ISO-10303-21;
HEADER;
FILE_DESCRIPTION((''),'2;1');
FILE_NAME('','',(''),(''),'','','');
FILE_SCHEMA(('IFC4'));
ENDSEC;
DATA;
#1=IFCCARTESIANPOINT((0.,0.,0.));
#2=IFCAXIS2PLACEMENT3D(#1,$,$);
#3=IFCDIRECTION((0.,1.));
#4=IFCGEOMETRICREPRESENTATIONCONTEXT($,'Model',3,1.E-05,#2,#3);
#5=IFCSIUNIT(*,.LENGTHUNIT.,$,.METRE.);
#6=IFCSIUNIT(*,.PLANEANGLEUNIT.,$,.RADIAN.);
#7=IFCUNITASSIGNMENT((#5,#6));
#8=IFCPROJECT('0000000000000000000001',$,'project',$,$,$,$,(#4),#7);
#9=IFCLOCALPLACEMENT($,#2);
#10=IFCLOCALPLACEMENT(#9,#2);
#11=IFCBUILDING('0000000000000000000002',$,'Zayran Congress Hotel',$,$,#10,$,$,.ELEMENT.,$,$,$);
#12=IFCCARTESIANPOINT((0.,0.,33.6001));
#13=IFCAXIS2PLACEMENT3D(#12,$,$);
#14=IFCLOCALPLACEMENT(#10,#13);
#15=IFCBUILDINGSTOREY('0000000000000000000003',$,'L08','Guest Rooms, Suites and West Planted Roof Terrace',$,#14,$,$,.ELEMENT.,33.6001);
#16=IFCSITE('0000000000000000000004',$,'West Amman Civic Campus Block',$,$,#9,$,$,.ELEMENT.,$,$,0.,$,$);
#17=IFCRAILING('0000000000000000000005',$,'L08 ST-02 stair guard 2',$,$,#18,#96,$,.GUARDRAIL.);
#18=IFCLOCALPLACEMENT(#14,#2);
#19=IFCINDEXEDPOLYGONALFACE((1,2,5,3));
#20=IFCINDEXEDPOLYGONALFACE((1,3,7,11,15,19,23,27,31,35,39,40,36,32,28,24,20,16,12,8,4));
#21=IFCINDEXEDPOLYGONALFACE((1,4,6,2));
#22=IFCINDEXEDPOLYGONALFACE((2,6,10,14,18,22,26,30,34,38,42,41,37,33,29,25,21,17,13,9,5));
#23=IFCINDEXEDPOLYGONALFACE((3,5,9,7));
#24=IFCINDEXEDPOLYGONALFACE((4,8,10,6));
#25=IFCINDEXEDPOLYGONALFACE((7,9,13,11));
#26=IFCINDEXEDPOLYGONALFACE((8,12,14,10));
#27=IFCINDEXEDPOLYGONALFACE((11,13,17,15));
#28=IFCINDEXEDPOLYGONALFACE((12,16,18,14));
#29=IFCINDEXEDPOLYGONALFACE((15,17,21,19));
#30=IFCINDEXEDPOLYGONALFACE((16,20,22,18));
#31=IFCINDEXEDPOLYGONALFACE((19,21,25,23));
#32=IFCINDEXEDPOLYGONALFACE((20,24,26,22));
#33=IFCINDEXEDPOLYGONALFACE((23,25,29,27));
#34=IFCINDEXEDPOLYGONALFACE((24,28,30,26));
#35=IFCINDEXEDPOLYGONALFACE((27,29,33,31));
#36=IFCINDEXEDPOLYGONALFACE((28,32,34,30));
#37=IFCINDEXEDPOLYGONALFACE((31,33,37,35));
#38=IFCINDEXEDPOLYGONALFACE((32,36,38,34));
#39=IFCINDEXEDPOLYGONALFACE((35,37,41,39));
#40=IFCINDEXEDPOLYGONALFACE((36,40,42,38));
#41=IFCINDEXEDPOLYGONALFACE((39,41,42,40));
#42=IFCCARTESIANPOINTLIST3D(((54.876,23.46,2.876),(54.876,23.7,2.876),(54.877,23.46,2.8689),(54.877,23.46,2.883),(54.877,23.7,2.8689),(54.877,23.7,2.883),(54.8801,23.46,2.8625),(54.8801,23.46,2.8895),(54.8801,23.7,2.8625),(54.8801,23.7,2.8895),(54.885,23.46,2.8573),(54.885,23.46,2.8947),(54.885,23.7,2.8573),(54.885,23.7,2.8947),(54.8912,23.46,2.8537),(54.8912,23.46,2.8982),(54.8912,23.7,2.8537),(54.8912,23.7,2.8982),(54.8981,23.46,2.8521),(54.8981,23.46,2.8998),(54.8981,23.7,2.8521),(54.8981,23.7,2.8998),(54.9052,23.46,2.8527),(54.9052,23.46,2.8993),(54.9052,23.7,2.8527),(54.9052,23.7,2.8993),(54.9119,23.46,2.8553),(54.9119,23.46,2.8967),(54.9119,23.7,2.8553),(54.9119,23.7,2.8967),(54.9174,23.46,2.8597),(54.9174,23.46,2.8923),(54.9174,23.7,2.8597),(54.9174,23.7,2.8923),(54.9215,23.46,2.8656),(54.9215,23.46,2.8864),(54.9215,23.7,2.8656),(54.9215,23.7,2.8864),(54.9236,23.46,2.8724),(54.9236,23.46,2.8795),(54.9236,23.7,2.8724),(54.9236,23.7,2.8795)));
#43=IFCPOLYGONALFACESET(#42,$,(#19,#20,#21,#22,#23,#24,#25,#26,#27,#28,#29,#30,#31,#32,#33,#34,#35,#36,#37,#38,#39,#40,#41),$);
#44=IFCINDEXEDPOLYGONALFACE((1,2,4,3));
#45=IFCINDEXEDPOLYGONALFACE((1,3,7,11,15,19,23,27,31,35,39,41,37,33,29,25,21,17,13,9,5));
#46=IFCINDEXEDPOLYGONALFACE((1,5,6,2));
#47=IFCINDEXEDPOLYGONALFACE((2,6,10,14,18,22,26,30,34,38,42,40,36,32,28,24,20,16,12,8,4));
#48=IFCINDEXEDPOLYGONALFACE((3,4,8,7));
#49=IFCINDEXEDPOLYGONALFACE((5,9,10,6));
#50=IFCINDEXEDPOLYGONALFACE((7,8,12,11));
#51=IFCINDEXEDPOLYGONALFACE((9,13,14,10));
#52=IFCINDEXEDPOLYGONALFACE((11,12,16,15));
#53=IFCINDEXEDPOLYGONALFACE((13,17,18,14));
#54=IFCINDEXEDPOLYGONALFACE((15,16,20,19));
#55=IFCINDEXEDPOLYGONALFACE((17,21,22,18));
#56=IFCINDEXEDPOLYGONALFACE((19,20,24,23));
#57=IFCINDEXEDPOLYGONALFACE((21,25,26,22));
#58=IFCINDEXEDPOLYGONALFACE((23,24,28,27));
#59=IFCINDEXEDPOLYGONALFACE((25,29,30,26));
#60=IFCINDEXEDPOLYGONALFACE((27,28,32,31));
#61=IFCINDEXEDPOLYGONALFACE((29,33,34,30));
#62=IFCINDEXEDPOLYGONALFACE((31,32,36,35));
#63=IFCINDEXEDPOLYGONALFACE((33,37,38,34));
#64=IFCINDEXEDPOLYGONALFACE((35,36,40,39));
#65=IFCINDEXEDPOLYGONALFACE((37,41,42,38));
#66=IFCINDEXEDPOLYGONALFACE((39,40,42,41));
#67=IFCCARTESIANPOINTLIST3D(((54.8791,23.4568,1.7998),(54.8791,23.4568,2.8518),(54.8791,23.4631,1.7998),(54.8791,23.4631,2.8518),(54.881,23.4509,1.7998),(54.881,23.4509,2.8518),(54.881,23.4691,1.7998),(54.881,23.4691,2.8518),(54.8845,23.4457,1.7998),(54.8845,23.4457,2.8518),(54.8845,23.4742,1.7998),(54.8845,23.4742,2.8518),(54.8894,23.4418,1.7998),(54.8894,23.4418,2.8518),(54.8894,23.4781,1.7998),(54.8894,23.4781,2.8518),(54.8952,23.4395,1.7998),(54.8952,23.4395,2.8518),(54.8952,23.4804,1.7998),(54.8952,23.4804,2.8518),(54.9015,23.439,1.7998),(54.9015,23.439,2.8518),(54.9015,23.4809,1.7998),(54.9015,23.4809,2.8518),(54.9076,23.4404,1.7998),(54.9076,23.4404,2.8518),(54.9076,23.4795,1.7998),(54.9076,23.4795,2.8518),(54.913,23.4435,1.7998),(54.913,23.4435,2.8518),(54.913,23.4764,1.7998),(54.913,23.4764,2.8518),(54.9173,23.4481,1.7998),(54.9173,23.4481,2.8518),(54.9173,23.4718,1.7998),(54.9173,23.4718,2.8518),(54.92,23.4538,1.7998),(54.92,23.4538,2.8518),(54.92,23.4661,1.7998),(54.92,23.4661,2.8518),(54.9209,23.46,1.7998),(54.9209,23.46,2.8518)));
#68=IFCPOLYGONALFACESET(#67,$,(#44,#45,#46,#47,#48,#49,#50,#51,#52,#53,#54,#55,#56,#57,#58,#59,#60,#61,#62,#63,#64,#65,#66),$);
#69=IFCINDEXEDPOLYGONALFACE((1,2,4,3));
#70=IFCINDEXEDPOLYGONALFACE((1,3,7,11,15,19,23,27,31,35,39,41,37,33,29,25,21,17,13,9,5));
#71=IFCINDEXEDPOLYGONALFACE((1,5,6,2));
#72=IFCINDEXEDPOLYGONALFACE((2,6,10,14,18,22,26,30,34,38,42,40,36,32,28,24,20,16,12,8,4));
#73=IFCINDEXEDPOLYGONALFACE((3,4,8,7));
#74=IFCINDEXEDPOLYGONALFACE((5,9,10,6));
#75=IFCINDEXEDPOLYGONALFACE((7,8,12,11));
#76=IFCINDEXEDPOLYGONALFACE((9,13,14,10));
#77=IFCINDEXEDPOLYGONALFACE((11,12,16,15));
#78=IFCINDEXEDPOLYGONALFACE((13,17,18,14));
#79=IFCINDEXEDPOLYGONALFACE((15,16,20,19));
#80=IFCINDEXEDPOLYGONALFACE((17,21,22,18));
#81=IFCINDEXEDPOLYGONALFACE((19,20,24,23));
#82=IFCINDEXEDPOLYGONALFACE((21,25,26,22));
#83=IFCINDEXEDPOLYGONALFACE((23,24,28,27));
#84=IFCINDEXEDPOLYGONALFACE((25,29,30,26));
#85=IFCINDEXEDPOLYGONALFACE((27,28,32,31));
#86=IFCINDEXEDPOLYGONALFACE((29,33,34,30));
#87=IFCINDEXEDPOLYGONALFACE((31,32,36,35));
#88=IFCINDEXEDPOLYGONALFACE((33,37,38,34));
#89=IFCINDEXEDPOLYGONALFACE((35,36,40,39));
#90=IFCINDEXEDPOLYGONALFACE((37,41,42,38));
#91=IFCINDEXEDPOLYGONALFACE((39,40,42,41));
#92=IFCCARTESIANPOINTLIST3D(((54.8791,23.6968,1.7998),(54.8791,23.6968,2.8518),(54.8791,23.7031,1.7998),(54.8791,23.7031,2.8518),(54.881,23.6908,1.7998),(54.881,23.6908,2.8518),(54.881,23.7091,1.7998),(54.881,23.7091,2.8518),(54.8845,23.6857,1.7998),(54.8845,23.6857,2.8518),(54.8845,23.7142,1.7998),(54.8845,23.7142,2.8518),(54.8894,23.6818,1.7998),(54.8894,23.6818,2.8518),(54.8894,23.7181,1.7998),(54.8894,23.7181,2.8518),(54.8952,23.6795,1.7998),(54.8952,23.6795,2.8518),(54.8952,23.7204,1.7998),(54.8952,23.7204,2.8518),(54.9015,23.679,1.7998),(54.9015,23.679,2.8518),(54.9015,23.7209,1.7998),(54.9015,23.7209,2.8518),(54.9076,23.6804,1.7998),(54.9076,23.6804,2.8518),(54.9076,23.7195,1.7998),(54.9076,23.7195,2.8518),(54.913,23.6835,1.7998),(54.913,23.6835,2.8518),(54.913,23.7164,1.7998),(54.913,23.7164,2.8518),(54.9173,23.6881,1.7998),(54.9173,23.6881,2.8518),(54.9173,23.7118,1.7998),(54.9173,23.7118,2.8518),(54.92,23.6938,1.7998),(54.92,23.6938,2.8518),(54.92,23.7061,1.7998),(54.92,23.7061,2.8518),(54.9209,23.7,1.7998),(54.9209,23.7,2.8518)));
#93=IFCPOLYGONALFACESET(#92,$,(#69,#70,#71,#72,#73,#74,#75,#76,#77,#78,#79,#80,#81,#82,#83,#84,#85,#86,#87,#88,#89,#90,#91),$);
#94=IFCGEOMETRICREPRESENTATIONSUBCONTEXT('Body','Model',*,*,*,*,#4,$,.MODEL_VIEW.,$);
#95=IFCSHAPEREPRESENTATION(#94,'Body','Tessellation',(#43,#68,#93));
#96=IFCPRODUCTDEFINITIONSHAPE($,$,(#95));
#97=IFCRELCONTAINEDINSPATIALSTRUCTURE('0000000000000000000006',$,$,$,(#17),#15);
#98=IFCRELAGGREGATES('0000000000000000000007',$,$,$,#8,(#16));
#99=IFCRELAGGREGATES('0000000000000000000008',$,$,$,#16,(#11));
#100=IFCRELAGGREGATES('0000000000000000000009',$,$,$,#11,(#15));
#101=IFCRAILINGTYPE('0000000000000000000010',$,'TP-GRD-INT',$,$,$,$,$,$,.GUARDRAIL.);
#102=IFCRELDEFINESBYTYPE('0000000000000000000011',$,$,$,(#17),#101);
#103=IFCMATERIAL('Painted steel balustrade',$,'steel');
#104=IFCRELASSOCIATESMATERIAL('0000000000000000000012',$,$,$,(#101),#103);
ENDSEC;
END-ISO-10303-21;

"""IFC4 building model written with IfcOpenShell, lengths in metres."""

from ifc_helpers import new_model, si_unit, direction, frame, origin, origin_2d, place, context, subcontext, project, spatial, circle, extrude, material, type_object, element, save


model = new_model("IFC4")

# Units and contexts
model_context = context("Model", 3, precision=1e-05, world=origin(), true_north=direction((0.0, 1.0)))
body_context = subcontext(model_context, "Body", "Model", "MODEL_VIEW")
ifc_project = project(units=[si_unit("LENGTHUNIT", "METRE"), si_unit("PLANEANGLEUNIT", "RADIAN")], contexts=[model_context])

# Site, building, storey
site_placement = place(None, origin())
site = spatial("IfcSite", under=ifc_project, at=site_placement, Name="West Amman Civic Campus Block", CompositionType="ELEMENT", RefElevation=0.0)
building_placement = place(site_placement, origin())
building = spatial("IfcBuilding", under=site, at=building_placement, Name="Zayran Congress Hotel", CompositionType="ELEMENT")
storey_placement = place(building_placement, frame((0.0, 0.0, 33.6001)))
storey = spatial("IfcBuildingStorey", under=building, at=storey_placement, Name="L08", Description="Guest Rooms, Suites and West Planted Roof Terrace", CompositionType="ELEMENT", Elevation=33.6001)

# Railing
ifc_material_1 = material(Name="Painted steel balustrade", Category="steel")
railing_type_1 = type_object("IfcRailingType", Name="TP-GRD-INT", PredefinedType="GUARDRAIL", material=ifc_material_1)
railing_1_placement = place(storey_placement, frame((54.8999, 23.46, 1.7998)))
element("IfcRailing", 1, at=railing_1_placement, inside=storey, type_object=railing_type_1, Name="L08 ST-02 stair guard 2", PredefinedType="GUARDRAIL", context=body_context, shape_type="SweptSolid", body=[
    extrude(circle(Radius=0.0239, at=origin_2d()), frame((0.0, 0.0, 1.0762), z_axis=(0.0, 1.0, 0.0), x_axis=(-1.0, 0.0, 0.0)), (0.0, 0.0, 1.0), 0.24),
    extrude(circle(Radius=0.021, at=origin_2d()), origin(), (0.0, 0.0, 1.0), 1.052),
    extrude(circle(Radius=0.021, at=origin_2d()), frame((0.0, 0.24, 0.0)), (0.0, 0.0, 1.0), 1.052),
])

save(model, "model.ifc")
